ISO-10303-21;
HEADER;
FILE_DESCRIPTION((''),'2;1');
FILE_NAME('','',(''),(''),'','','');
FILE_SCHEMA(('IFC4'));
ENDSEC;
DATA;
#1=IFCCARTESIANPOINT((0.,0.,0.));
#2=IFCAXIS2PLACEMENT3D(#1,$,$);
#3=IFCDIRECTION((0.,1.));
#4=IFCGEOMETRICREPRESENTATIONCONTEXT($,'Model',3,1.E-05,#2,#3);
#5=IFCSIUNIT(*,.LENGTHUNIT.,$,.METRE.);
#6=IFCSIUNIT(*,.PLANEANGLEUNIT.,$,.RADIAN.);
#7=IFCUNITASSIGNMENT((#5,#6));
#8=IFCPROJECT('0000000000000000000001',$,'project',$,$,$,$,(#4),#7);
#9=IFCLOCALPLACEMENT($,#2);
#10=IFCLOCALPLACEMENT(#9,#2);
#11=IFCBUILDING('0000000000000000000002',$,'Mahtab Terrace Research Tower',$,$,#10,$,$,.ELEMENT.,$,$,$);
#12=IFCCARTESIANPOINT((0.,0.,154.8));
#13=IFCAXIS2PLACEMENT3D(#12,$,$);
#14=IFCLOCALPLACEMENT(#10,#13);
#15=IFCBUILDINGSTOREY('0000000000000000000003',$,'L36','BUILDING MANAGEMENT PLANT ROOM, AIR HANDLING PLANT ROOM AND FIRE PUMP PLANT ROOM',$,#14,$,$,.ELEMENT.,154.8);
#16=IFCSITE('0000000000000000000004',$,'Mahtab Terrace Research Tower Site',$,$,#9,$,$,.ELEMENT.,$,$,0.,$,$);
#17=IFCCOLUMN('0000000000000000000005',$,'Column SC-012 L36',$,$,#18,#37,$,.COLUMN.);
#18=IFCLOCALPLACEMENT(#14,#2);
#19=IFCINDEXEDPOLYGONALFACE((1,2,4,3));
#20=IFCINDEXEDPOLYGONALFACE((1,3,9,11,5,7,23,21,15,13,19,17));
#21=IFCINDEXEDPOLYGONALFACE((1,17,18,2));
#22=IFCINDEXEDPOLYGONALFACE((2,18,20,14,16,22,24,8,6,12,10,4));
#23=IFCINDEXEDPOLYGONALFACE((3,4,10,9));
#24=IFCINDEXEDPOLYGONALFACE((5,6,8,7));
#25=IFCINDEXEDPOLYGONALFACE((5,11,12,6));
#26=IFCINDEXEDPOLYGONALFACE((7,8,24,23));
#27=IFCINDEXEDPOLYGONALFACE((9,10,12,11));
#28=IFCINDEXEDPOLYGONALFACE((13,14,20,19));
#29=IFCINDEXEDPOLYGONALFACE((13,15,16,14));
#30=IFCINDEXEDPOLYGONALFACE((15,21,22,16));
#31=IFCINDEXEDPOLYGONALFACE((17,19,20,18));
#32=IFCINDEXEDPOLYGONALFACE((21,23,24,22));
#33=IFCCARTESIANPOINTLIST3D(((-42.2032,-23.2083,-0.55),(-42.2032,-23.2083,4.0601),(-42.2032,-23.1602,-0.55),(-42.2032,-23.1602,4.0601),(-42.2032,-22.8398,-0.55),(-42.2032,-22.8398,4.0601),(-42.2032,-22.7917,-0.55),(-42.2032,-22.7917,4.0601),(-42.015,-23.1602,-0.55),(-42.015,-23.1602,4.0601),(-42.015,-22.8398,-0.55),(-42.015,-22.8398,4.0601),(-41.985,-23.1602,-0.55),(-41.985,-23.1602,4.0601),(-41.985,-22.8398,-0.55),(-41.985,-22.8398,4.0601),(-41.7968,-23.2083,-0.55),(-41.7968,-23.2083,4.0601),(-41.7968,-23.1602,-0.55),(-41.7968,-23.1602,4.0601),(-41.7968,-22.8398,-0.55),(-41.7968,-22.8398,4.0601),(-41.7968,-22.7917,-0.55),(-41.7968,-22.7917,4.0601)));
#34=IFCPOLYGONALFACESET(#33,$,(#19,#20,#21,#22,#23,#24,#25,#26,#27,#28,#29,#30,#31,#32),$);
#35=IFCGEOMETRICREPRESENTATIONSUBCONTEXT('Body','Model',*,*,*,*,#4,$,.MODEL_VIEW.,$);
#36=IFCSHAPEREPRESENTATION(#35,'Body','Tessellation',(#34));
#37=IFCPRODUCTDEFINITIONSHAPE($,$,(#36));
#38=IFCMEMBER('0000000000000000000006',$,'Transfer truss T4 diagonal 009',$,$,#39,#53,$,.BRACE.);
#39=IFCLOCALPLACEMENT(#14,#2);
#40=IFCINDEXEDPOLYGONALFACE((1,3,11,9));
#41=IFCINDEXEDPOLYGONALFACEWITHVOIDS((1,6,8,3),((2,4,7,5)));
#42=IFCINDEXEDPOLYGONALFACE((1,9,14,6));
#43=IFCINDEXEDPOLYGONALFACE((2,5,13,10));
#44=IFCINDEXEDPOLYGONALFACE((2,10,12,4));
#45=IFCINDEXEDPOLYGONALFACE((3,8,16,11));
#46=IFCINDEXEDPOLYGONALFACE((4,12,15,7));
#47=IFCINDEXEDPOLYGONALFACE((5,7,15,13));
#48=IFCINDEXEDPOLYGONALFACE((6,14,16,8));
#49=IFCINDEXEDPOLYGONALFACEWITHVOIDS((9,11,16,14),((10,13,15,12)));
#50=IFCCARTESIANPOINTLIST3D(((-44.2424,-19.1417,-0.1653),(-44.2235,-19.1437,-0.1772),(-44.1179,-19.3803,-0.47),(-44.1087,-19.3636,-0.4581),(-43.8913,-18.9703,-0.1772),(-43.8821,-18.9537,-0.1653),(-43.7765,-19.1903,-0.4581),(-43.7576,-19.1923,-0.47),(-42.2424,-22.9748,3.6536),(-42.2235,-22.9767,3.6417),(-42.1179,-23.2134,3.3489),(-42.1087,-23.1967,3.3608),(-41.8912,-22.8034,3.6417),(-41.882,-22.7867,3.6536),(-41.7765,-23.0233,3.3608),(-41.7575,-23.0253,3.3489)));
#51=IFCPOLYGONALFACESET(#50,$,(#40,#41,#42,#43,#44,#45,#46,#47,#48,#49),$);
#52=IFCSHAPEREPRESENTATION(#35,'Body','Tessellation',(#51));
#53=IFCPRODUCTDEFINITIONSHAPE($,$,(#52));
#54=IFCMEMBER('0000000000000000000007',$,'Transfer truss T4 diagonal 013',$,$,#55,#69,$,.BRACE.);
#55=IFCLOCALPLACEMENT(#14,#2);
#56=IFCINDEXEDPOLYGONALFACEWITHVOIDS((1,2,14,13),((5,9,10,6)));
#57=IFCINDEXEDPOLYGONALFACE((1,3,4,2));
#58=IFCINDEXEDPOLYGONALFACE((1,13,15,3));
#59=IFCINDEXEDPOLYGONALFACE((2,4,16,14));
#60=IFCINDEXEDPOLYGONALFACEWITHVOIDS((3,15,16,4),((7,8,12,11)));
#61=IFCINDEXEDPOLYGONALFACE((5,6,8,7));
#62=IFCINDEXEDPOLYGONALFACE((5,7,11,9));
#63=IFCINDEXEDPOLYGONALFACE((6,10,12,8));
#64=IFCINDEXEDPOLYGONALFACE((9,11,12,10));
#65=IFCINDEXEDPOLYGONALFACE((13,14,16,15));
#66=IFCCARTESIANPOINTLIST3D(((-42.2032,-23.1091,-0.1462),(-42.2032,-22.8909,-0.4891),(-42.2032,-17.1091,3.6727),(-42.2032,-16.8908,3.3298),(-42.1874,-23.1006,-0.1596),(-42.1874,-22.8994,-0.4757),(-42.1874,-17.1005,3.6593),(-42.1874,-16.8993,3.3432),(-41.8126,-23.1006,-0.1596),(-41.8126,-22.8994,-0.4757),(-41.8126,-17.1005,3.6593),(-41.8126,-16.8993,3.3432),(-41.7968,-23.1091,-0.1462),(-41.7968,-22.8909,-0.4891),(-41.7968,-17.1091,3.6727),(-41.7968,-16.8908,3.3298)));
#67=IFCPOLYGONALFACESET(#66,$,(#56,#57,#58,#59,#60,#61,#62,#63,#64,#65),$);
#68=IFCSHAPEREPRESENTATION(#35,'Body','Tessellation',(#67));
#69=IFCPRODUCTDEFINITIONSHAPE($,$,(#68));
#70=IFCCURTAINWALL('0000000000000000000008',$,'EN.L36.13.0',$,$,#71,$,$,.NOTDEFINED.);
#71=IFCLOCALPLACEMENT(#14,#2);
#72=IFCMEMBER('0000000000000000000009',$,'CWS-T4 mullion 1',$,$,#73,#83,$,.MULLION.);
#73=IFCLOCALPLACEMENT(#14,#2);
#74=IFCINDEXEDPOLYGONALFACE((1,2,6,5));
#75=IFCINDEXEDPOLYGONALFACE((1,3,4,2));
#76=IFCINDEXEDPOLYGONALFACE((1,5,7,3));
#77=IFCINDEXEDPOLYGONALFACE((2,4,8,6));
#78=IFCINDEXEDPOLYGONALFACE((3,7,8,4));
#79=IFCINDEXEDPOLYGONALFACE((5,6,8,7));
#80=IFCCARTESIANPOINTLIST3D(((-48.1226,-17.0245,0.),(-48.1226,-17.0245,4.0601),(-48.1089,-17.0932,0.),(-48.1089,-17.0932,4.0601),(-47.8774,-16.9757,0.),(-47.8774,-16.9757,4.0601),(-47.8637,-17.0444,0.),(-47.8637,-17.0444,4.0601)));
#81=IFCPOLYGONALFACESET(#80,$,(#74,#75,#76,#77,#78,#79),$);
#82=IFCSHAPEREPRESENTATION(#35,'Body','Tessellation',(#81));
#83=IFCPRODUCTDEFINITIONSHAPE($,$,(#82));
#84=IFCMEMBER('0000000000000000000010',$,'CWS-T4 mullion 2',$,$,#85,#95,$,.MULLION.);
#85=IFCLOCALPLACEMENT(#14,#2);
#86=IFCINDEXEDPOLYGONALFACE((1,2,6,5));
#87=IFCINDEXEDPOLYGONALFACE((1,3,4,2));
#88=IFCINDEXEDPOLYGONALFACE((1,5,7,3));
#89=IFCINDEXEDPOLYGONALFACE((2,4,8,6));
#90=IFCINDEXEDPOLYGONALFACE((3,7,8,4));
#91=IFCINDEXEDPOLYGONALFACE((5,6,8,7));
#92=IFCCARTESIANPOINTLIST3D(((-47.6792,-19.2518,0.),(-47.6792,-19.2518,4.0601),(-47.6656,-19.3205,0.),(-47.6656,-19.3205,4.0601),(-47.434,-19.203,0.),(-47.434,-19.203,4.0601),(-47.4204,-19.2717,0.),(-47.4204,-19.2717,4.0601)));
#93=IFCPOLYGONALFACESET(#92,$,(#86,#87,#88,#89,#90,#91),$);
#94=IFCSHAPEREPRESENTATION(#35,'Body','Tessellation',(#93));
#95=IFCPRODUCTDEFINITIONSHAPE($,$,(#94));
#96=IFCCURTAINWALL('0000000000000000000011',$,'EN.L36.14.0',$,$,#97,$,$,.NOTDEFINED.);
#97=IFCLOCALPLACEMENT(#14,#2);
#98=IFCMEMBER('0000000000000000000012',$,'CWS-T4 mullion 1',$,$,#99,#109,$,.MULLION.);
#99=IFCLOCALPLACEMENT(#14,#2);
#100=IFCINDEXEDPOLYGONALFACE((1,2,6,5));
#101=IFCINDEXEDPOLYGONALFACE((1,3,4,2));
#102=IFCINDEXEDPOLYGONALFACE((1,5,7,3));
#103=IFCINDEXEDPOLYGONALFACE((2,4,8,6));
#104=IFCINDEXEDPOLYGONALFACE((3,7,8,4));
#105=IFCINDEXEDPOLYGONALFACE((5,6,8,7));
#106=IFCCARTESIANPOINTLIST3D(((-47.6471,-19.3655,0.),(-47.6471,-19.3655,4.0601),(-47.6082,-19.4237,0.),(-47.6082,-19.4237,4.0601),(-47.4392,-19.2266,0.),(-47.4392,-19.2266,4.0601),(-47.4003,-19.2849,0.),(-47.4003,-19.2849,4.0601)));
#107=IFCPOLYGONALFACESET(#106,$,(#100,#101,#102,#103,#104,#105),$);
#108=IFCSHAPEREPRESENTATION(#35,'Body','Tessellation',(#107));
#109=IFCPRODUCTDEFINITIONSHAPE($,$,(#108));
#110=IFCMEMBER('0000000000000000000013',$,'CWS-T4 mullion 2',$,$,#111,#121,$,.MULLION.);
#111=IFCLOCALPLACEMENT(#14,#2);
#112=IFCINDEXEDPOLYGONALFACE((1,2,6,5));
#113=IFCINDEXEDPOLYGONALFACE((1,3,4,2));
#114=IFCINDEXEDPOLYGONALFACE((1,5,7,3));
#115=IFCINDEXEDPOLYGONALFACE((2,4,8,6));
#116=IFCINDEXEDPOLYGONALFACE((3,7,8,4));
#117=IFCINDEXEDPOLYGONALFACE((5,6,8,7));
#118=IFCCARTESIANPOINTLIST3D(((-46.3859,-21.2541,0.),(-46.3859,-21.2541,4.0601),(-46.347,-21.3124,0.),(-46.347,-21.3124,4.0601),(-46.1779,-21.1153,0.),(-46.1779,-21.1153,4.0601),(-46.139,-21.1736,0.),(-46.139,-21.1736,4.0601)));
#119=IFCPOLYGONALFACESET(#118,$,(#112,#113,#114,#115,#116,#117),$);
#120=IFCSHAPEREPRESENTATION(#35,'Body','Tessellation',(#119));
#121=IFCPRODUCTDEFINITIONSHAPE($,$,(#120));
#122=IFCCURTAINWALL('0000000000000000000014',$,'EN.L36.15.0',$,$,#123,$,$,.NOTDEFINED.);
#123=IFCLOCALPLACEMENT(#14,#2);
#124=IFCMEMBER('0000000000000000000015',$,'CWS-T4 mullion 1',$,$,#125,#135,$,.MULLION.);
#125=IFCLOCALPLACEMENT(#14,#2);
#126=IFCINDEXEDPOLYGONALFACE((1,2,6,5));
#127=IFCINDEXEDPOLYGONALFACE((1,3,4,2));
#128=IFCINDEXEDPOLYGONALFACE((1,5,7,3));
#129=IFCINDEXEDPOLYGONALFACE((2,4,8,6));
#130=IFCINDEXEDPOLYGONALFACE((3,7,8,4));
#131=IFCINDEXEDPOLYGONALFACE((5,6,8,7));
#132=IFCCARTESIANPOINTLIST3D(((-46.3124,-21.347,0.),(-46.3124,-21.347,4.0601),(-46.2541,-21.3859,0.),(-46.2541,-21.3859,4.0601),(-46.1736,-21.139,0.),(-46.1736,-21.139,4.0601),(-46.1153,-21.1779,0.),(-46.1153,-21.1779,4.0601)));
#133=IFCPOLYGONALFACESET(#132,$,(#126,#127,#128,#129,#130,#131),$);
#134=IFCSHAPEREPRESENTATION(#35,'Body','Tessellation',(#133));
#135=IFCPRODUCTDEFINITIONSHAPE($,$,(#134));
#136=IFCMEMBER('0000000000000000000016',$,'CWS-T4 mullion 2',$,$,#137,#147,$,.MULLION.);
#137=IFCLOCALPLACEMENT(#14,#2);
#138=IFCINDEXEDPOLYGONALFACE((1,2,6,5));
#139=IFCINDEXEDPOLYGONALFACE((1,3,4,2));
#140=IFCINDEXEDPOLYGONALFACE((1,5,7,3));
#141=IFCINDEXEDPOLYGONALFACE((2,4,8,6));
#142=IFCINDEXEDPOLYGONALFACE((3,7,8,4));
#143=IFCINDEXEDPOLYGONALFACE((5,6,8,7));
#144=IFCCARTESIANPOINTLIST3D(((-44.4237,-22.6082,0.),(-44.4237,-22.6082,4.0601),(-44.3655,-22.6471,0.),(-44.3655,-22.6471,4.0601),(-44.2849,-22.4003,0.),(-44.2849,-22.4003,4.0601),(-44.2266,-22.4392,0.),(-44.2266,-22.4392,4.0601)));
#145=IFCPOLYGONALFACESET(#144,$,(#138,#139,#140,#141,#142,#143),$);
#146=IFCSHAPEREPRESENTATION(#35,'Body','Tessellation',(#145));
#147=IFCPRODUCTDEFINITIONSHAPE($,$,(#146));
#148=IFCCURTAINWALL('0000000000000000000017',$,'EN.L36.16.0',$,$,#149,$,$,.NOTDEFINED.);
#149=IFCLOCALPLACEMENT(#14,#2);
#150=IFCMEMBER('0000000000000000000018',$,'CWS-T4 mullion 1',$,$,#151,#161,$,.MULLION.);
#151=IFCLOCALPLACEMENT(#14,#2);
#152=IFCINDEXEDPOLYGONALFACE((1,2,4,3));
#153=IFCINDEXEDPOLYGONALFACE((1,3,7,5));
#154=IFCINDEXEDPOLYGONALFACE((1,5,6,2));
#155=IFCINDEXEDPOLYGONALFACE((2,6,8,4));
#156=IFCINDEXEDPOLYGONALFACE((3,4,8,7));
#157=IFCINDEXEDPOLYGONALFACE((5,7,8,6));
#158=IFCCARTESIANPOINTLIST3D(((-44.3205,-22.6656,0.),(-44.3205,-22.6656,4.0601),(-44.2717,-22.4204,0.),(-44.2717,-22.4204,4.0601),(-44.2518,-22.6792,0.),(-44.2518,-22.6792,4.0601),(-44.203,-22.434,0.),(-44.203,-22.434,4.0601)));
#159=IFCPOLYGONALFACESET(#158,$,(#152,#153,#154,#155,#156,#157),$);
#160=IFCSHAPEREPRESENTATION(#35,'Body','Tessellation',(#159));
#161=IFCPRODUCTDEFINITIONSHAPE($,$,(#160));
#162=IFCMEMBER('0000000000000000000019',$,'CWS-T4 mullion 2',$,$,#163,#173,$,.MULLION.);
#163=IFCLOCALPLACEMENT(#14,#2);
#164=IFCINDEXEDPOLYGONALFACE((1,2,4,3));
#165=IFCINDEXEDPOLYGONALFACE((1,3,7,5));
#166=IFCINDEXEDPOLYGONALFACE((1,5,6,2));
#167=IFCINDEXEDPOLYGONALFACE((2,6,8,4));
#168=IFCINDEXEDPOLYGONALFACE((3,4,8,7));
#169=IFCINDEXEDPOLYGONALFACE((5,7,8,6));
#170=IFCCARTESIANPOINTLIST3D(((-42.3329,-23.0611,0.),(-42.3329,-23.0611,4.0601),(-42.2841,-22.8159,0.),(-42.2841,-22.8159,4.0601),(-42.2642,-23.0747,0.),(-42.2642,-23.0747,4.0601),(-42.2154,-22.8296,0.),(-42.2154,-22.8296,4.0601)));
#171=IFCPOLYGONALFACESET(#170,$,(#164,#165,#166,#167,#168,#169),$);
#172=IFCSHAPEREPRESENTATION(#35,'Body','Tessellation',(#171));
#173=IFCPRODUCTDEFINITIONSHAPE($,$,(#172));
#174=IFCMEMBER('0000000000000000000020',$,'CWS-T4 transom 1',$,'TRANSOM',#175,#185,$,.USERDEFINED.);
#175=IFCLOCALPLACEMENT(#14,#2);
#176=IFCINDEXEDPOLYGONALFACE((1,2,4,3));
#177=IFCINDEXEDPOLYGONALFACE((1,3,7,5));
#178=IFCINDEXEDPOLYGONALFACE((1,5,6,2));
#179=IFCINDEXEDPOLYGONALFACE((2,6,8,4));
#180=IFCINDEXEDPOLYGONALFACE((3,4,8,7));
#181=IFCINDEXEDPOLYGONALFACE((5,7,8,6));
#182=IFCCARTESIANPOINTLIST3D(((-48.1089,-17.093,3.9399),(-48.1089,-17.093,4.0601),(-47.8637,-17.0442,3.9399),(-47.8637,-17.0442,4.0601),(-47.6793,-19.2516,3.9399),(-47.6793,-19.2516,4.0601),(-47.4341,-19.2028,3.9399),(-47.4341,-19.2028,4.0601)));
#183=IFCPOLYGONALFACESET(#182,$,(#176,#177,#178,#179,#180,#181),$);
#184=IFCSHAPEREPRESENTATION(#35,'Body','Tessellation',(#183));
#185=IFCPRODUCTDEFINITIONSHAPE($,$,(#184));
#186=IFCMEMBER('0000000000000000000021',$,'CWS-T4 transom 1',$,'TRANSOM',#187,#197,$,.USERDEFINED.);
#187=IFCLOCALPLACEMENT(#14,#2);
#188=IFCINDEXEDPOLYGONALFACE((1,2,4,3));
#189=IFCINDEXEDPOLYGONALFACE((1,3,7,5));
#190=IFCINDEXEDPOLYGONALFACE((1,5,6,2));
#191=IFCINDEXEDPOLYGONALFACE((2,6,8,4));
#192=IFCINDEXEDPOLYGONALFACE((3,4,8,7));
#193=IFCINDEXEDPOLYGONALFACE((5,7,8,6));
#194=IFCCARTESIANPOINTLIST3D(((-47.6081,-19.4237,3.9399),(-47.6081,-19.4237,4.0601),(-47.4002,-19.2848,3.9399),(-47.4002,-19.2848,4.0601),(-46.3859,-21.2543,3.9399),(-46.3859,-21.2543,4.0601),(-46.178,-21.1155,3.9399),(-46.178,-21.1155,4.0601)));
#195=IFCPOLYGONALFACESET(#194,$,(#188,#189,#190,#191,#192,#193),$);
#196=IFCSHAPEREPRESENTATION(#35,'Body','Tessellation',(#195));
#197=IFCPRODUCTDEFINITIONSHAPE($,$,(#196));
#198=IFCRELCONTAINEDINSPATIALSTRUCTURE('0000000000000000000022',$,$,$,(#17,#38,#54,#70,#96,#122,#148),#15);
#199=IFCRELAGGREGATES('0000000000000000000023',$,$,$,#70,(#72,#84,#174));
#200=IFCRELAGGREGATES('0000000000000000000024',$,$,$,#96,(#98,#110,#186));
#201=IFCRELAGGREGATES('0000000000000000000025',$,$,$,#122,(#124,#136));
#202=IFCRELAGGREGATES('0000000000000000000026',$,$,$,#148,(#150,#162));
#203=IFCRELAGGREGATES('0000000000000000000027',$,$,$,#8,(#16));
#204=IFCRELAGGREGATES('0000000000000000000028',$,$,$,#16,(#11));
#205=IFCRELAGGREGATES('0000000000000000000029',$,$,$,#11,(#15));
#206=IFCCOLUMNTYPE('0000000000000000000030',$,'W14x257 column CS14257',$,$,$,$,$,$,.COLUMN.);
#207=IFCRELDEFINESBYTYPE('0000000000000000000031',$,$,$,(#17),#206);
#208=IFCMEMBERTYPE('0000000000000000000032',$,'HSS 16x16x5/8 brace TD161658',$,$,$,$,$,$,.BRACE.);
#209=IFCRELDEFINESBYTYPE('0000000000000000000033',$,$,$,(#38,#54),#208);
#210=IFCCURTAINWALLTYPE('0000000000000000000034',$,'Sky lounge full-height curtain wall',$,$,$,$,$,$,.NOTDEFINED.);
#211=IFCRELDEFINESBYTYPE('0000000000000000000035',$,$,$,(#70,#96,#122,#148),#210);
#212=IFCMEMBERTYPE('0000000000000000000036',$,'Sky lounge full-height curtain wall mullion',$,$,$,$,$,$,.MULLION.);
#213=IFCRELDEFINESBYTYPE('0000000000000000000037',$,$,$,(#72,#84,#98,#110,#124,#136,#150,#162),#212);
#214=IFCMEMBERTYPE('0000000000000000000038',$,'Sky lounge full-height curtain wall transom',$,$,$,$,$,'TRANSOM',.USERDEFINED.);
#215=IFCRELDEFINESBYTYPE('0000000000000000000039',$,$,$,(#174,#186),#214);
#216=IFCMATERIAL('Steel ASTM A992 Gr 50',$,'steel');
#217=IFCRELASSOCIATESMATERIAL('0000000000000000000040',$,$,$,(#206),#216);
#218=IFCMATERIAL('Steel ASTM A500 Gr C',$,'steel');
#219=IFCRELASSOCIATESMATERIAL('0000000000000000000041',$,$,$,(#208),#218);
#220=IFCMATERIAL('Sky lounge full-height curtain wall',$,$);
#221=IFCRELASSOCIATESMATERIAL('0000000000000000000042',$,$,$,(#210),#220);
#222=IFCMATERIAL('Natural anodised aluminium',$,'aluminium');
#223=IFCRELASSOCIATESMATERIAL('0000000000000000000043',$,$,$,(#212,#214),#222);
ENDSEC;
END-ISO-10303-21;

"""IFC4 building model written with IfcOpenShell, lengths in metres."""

from ifc_helpers import new_model, si_unit, direction, frame, origin, origin_2d, place, context, subcontext, project, spatial, rectangle, hollow_rectangle, i_section, extrude, material, material_profile, profile_set, type_object, element, aggregate, save


model = new_model("IFC4")

# Units and contexts
model_context = context("Model", 3, precision=1e-05, world=origin(), true_north=direction((0.0, 1.0)))
body_context = subcontext(model_context, "Body", "Model", "MODEL_VIEW")
ifc_project = project(units=[si_unit("LENGTHUNIT", "METRE"), si_unit("PLANEANGLEUNIT", "RADIAN")], contexts=[model_context])

# Site, building, storey
site_placement = place(None, origin())
site = spatial("IfcSite", under=ifc_project, at=site_placement, Name="Mahtab Terrace Research Tower Site", CompositionType="ELEMENT", RefElevation=0.0)
building_placement = place(site_placement, origin())
building = spatial("IfcBuilding", under=site, at=building_placement, Name="Mahtab Terrace Research Tower", CompositionType="ELEMENT")
storey_placement = place(building_placement, frame((0.0, 0.0, 154.8)))
storey = spatial("IfcBuildingStorey", under=building, at=storey_placement, Name="L36", Description="BUILDING MANAGEMENT PLANT ROOM, AIR HANDLING PLANT ROOM AND FIRE PUMP PLANT ROOM", CompositionType="ELEMENT", Elevation=154.8)

# Column
ifc_material_1 = material(Name="Steel ASTM A992 Gr 50", Category="steel")
ifc_material_profile_1 = material_profile(ifc_material_1, i_section(OverallWidth=0.4065, OverallDepth=0.4165, WebThickness=0.03, FlangeThickness=0.0481, at=origin_2d()), Name="W14X257")
ifc_profile_set_1 = profile_set([ifc_material_profile_1], Name="Steel ASTM A992 Gr 50")
column_type = type_object("IfcColumnType", Name="W14x257 column CS14257", PredefinedType="COLUMN", material=ifc_profile_set_1)
column_placement = place(storey_placement, frame((-42.0, -23.0, -0.55), z_axis=(0.0, 0.0, 1.0), x_axis=(1.0, 0.0, 0.0)))
element("IfcColumn", 1, at=column_placement, inside=storey, type_object=column_type, Name="Column SC-012 L36", PredefinedType="COLUMN", context=body_context, shape_type="SweptSolid", body=[
    extrude(i_section(OverallWidth=0.4065, OverallDepth=0.4165, WebThickness=0.03, FlangeThickness=0.0481, at=origin_2d()), origin(), (0.0, 0.0, 1.0), 4.6101),
])

# Members
ifc_material_2 = material(Name="Steel ASTM A500 Gr C", Category="steel")
ifc_material_profile_2 = material_profile(ifc_material_2, hollow_rectangle(XDim=0.4065, YDim=0.4065, WallThickness=0.0159, at=origin_2d()), Name="HSS16X16X5/8")
ifc_profile_set_2 = profile_set([ifc_material_profile_2], Name="Steel ASTM A500 Gr C")
member_type_1 = type_object("IfcMemberType", Name="HSS 16x16x5/8 brace TD161658", PredefinedType="BRACE", material=ifc_profile_set_2)
member_1_placement = place(storey_placement, frame((-44.0, -19.167, -0.3176), z_axis=(0.346711, -0.664473, 0.662018), x_axis=(0.886569, 0.462597, 0.0)))
element("IfcMember", 2, at=member_1_placement, inside=storey, type_object=member_type_1, Name="Transfer truss T4 diagonal 009", PredefinedType="BRACE", context=body_context, shape_type="SweptSolid", body=[
    extrude(hollow_rectangle(XDim=0.4065, YDim=0.4065, WallThickness=0.0159, at=origin_2d()), origin(), (0.0, 0.0, 1.0), 5.7686),
])
member_2_placement = place(storey_placement, frame((-42.0, -23.0, -0.3176), z_axis=(0.0, 0.843619, 0.536942), x_axis=(-1.0, 0.0, 0.0)))
element("IfcMember", 3, at=member_2_placement, inside=storey, type_object=member_type_1, Name="Transfer truss T4 diagonal 013", PredefinedType="BRACE", context=body_context, shape_type="SweptSolid", body=[
    extrude(hollow_rectangle(XDim=0.4065, YDim=0.4065, WallThickness=0.0159, at=origin_2d()), origin(), (0.0, 0.0, 1.0), 7.1123),
])

# Curtain walls, members
ifc_material_3 = material(Name="Sky lounge full-height curtain wall")
curtain_wall_type = type_object("IfcCurtainWallType", Name="Sky lounge full-height curtain wall", PredefinedType="NOTDEFINED", material=ifc_material_3)
curtain_wall_1_placement = place(storey_placement, origin())
curtain_wall_1 = element("IfcCurtainWall", 4, at=curtain_wall_1_placement, inside=storey, type_object=curtain_wall_type, Name="EN.L36.13.0", PredefinedType="NOTDEFINED")
ifc_material_4 = material(Name="Natural anodised aluminium", Category="aluminium")
ifc_material_profile_3 = material_profile(ifc_material_4, rectangle(XDim=0.25, YDim=0.0701, at=origin_2d()), Name="MULLION 70x250")
ifc_profile_set_3 = profile_set([ifc_material_profile_3], Name="Natural anodised aluminium")
member_type_2 = type_object("IfcMemberType", Name="Sky lounge full-height curtain wall mullion", PredefinedType="MULLION", material=ifc_profile_set_3)
member_3_placement = place(storey_placement, frame((-47.9932, -17.0344, 0.0), z_axis=(0.0, 0.0, 1.0), x_axis=(0.980761, 0.195212, 0.0)))
member_3 = element("IfcMember", 5, at=member_3_placement, type_object=member_type_2, Name="CWS-T4 mullion 1", PredefinedType="MULLION", context=body_context, shape_type="SweptSolid", body=[
    extrude(rectangle(XDim=0.25, YDim=0.0701, at=origin_2d()), origin(), (0.0, 0.0, 1.0), 4.0601),
])
member_4_placement = place(storey_placement, frame((-47.5498, -19.2617, 0.0), z_axis=(0.0, 0.0, 1.0), x_axis=(0.980761, 0.195212, 0.0)))
member_4 = element("IfcMember", 6, at=member_4_placement, type_object=member_type_2, Name="CWS-T4 mullion 2", PredefinedType="MULLION", context=body_context, shape_type="SweptSolid", body=[
    extrude(rectangle(XDim=0.25, YDim=0.0701, at=origin_2d()), origin(), (0.0, 0.0, 1.0), 4.0601),
])
curtain_wall_2_placement = place(storey_placement, origin())
curtain_wall_2 = element("IfcCurtainWall", 7, at=curtain_wall_2_placement, inside=storey, type_object=curtain_wall_type, Name="EN.L36.14.0", PredefinedType="NOTDEFINED")
member_5_placement = place(storey_placement, frame((-47.5237, -19.3252, 0.0), z_axis=(0.0, 0.0, 1.0), x_axis=(0.831656, 0.555291, 0.0)))
member_5 = element("IfcMember", 8, at=member_5_placement, type_object=member_type_2, Name="CWS-T4 mullion 1", PredefinedType="MULLION", context=body_context, shape_type="SweptSolid", body=[
    extrude(rectangle(XDim=0.25, YDim=0.0701, at=origin_2d()), origin(), (0.0, 0.0, 1.0), 4.0601),
])
member_6_placement = place(storey_placement, frame((-46.2625, -21.2139, 0.0), z_axis=(0.0, 0.0, 1.0), x_axis=(0.831656, 0.555291, 0.0)))
member_6 = element("IfcMember", 9, at=member_6_placement, type_object=member_type_2, Name="CWS-T4 mullion 2", PredefinedType="MULLION", context=body_context, shape_type="SweptSolid", body=[
    extrude(rectangle(XDim=0.25, YDim=0.0701, at=origin_2d()), origin(), (0.0, 0.0, 1.0), 4.0601),
])
curtain_wall_3_placement = place(storey_placement, origin())
curtain_wall_3 = element("IfcCurtainWall", 10, at=curtain_wall_3_placement, inside=storey, type_object=curtain_wall_type, Name="EN.L36.15.0", PredefinedType="NOTDEFINED")
member_7_placement = place(storey_placement, frame((-46.2139, -21.2625, 0.0), z_axis=(0.0, 0.0, 1.0), x_axis=(0.555291, 0.831656, 0.0)))
member_7 = element("IfcMember", 11, at=member_7_placement, type_object=member_type_2, Name="CWS-T4 mullion 1", PredefinedType="MULLION", context=body_context, shape_type="SweptSolid", body=[
    extrude(rectangle(XDim=0.25, YDim=0.0701, at=origin_2d()), origin(), (0.0, 0.0, 1.0), 4.0601),
])
member_8_placement = place(storey_placement, frame((-44.3252, -22.5237, 0.0), z_axis=(0.0, 0.0, 1.0), x_axis=(0.555291, 0.831656, 0.0)))
member_8 = element("IfcMember", 12, at=member_8_placement, type_object=member_type_2, Name="CWS-T4 mullion 2", PredefinedType="MULLION", context=body_context, shape_type="SweptSolid", body=[
    extrude(rectangle(XDim=0.25, YDim=0.0701, at=origin_2d()), origin(), (0.0, 0.0, 1.0), 4.0601),
])
curtain_wall_4_placement = place(storey_placement, origin())
curtain_wall_4 = element("IfcCurtainWall", 13, at=curtain_wall_4_placement, inside=storey, type_object=curtain_wall_type, Name="EN.L36.16.0", PredefinedType="NOTDEFINED")
member_9_placement = place(storey_placement, frame((-44.2617, -22.5498, 0.0), z_axis=(0.0, 0.0, 1.0), x_axis=(0.195212, 0.980761, 0.0)))
member_9 = element("IfcMember", 14, at=member_9_placement, type_object=member_type_2, Name="CWS-T4 mullion 1", PredefinedType="MULLION", context=body_context, shape_type="SweptSolid", body=[
    extrude(rectangle(XDim=0.25, YDim=0.0701, at=origin_2d()), origin(), (0.0, 0.0, 1.0), 4.0601),
])
member_10_placement = place(storey_placement, frame((-42.2742, -22.9453, 0.0), z_axis=(0.0, 0.0, 1.0), x_axis=(0.195212, 0.980761, 0.0)))
member_10 = element("IfcMember", 15, at=member_10_placement, type_object=member_type_2, Name="CWS-T4 mullion 2", PredefinedType="MULLION", context=body_context, shape_type="SweptSolid", body=[
    extrude(rectangle(XDim=0.25, YDim=0.0701, at=origin_2d()), origin(), (0.0, 0.0, 1.0), 4.0601),
])

# Members
ifc_material_profile_4 = material_profile(ifc_material_4, rectangle(XDim=0.25, YDim=0.1201, at=origin_2d()), Name="TRANSOM 120x250")
ifc_profile_set_4 = profile_set([ifc_material_profile_4], Name="Natural anodised aluminium")
member_type_3 = type_object("IfcMemberType", Name="Sky lounge full-height curtain wall transom", ElementType="TRANSOM", PredefinedType="USERDEFINED", material=ifc_profile_set_4)
member_11_placement = place(storey_placement, frame((-47.9863, -17.0686, 4.0), z_axis=(0.19522, -0.980759, 0.0), x_axis=(0.980759, 0.19522, 0.0)))
member_11 = element("IfcMember", 16, at=member_11_placement, type_object=member_type_3, Name="CWS-T4 transom 1", ObjectType="TRANSOM", PredefinedType="USERDEFINED", context=body_context, shape_type="SweptSolid", body=[
    extrude(rectangle(XDim=0.25, YDim=0.1201, at=origin_2d()), origin(), (0.0, 0.0, 1.0), 2.2009),
])
member_12_placement = place(storey_placement, frame((-47.5042, -19.3542, 4.0), z_axis=(0.555263, -0.831675, 0.0), x_axis=(0.831675, 0.555263, 0.0)))
member_12 = element("IfcMember", 17, at=member_12_placement, type_object=member_type_3, Name="CWS-T4 transom 1", ObjectType="TRANSOM", PredefinedType="USERDEFINED", context=body_context, shape_type="SweptSolid", body=[
    extrude(rectangle(XDim=0.25, YDim=0.1201, at=origin_2d()), origin(), (0.0, 0.0, 1.0), 2.2012),
])

aggregate(curtain_wall_1, [member_3, member_4, member_11])
aggregate(curtain_wall_2, [member_5, member_6, member_12])
aggregate(curtain_wall_3, [member_7, member_8])
aggregate(curtain_wall_4, [member_9, member_10])

save(model, "model.ifc")
